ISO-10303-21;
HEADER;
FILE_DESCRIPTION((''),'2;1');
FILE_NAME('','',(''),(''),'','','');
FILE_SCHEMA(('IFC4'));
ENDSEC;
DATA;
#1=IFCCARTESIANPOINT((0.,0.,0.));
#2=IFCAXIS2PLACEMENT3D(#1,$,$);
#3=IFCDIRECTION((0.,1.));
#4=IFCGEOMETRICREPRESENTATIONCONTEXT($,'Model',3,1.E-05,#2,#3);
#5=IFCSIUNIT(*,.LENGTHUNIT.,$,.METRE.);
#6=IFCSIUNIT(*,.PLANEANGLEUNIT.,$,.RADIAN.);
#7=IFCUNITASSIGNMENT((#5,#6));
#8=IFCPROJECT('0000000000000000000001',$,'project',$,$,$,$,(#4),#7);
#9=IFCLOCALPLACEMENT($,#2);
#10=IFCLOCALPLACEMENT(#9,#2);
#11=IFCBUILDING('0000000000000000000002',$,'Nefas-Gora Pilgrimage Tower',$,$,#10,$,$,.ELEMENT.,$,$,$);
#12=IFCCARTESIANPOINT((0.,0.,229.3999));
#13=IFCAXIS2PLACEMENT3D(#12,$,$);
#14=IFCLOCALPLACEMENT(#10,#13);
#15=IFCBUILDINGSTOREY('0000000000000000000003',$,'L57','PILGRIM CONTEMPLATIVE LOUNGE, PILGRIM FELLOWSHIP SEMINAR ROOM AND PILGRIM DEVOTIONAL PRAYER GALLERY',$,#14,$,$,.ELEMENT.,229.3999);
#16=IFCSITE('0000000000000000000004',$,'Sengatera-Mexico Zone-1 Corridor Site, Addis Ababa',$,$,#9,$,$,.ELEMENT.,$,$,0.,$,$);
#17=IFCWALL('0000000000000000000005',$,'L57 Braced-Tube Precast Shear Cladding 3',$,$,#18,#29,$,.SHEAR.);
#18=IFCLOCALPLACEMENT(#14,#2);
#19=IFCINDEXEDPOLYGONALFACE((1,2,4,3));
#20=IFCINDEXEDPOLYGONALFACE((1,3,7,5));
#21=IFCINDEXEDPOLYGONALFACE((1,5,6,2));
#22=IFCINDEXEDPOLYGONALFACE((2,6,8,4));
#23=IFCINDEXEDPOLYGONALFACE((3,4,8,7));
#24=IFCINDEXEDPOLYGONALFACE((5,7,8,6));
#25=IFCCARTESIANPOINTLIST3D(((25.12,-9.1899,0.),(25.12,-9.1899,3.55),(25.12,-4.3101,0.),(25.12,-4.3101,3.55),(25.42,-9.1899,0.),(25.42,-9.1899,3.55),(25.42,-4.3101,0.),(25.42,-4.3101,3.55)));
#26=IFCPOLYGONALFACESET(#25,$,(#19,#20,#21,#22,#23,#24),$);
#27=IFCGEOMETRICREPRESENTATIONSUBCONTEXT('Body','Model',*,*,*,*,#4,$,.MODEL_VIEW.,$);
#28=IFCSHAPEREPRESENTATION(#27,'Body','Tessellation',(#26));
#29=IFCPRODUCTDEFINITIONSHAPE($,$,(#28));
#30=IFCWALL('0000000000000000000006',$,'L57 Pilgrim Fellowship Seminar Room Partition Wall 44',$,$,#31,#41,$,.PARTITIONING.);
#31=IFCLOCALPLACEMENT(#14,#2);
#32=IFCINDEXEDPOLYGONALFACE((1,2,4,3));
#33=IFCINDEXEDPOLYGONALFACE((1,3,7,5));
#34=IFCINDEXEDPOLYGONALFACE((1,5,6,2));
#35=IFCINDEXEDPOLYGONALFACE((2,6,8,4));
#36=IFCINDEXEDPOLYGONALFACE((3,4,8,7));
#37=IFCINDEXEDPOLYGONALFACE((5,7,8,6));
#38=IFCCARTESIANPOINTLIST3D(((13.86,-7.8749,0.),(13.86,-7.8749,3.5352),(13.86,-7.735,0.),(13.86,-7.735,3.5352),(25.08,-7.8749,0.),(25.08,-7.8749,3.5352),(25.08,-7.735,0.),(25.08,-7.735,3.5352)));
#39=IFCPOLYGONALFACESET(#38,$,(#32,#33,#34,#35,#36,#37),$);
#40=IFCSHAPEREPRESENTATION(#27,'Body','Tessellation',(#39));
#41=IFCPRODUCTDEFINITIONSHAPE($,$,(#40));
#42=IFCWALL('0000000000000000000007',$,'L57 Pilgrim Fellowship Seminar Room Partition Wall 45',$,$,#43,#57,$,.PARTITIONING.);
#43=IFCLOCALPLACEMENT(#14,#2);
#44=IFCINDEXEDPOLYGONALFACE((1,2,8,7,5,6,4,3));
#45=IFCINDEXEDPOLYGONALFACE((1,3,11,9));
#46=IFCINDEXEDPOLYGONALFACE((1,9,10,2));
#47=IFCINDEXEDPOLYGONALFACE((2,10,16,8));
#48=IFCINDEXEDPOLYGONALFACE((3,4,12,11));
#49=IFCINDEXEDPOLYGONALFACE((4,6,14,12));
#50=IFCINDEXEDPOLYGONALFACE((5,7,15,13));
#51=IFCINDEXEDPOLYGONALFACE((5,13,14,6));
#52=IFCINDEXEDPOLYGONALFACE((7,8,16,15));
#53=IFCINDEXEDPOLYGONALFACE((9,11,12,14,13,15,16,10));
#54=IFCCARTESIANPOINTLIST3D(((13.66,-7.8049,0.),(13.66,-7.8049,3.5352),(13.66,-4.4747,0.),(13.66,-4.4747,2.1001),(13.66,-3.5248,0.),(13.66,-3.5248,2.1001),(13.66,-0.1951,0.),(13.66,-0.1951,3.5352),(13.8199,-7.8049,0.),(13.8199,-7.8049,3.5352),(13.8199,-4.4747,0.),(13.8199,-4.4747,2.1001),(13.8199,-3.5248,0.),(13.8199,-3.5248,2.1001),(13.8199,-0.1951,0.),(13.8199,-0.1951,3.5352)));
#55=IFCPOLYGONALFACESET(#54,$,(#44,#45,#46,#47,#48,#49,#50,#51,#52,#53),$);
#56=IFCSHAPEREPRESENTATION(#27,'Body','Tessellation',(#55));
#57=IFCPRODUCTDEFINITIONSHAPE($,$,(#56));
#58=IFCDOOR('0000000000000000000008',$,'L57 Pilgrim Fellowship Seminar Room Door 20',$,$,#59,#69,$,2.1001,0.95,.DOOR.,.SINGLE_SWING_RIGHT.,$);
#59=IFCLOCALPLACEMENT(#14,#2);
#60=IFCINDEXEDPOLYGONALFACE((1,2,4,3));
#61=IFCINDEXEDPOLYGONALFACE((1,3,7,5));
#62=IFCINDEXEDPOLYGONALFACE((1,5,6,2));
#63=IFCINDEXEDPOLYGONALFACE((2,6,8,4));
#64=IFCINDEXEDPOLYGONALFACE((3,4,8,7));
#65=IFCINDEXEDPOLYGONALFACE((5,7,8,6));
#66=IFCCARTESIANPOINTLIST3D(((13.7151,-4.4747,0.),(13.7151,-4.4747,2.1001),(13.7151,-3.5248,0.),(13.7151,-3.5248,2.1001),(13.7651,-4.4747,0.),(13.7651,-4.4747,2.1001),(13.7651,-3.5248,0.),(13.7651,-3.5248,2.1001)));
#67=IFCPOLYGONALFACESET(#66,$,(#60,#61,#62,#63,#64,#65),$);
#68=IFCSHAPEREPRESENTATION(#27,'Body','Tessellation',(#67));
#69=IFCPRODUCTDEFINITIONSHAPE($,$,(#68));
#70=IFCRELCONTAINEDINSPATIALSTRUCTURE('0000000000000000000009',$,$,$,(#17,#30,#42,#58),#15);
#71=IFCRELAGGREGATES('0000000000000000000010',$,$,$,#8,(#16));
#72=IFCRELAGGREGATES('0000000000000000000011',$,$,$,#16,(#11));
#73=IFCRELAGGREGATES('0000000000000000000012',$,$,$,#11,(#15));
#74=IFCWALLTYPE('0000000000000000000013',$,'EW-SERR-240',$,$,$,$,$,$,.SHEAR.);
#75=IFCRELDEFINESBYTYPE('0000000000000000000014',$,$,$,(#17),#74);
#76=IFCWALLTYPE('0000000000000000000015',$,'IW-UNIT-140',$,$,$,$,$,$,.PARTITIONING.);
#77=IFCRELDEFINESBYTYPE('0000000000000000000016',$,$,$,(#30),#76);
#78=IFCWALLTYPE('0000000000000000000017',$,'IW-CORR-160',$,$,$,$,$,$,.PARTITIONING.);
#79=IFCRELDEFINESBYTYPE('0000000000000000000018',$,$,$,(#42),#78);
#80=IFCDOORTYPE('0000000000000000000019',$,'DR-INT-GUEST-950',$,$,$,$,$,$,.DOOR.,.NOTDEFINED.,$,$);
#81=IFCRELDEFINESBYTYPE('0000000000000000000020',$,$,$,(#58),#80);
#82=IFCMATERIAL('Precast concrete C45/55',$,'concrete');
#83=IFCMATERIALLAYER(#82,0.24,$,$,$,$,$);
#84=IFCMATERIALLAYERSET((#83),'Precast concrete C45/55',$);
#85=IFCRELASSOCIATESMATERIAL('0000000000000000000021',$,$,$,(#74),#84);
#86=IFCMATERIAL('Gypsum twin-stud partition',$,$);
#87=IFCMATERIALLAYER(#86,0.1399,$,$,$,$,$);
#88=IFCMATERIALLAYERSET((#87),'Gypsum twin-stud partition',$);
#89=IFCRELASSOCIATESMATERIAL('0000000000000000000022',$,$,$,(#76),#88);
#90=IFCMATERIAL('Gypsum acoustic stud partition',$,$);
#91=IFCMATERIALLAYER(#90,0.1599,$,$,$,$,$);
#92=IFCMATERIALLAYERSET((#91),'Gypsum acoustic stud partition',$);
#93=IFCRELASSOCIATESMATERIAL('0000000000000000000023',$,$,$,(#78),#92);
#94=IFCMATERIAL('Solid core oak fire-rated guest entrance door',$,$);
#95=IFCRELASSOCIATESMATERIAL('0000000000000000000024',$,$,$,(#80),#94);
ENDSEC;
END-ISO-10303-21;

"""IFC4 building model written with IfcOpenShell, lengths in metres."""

from ifc_helpers import new_model, si_unit, direction, frame, frame_2d, origin, place, context, subcontext, project, spatial, rectangle, extrude, source, transform, mapped, material, layer, layer_set, type_object, element, fill, save


model = new_model("IFC4")

# Units and contexts
model_context = context("Model", 3, precision=1e-05, world=origin(), true_north=direction((0.0, 1.0)))
body_context = subcontext(model_context, "Body", "Model", "MODEL_VIEW")
ifc_project = project(units=[si_unit("LENGTHUNIT", "METRE"), si_unit("PLANEANGLEUNIT", "RADIAN")], contexts=[model_context])

# Site, building, storey
site_placement = place(None, origin())
site = spatial("IfcSite", under=ifc_project, at=site_placement, Name="Sengatera-Mexico Zone-1 Corridor Site, Addis Ababa", CompositionType="ELEMENT", RefElevation=0.0)
building_placement = place(site_placement, origin())
building = spatial("IfcBuilding", under=site, at=building_placement, Name="Nefas-Gora Pilgrimage Tower", CompositionType="ELEMENT")
storey_placement = place(building_placement, frame((0.0, 0.0, 229.3999)))
storey = spatial("IfcBuildingStorey", under=building, at=storey_placement, Name="L57", Description="PILGRIM CONTEMPLATIVE LOUNGE, PILGRIM FELLOWSHIP SEMINAR ROOM AND PILGRIM DEVOTIONAL PRAYER GALLERY", CompositionType="ELEMENT", Elevation=229.3999)

# Walls
ifc_material_1 = material(Name="Precast concrete C45/55", Category="concrete")
ifc_layer_1 = layer(ifc_material_1, 0.24)
ifc_layer_set_1 = layer_set([ifc_layer_1], Name="Precast concrete C45/55")
wall_type_1 = type_object("IfcWallType", Name="EW-SERR-240", PredefinedType="SHEAR", material=ifc_layer_set_1)
shared_shape_1 = source(origin(), body_context, "Body", "SweptSolid", [
    extrude(rectangle(XDim=4.8799, YDim=0.3, at=frame_2d((2.4399, 0.0))), origin(), (0.0, 0.0, 1.0), 3.55),
])
wall_1_placement = place(storey_placement, frame((25.27, -9.1899, 0.0), z_axis=(0.0, 0.0, 1.0), x_axis=(0.0, 1.0, 0.0)))
element("IfcWall", 1, at=wall_1_placement, inside=storey, type_object=wall_type_1, Name="L57 Braced-Tube Precast Shear Cladding 3", PredefinedType="SHEAR", context=body_context, shape_type="MappedRepresentation", body=[
    mapped(shared_shape_1, transform((0.0, 0.0, 0.0), x_axis=(1.0, 0.0, 0.0), y_axis=(0.0, 1.0, 0.0), z_axis=(0.0, 0.0, 1.0), scale=1.0)),
])
ifc_material_2 = material(Name="Gypsum twin-stud partition")
ifc_layer_2 = layer(ifc_material_2, 0.1399)
ifc_layer_set_2 = layer_set([ifc_layer_2], Name="Gypsum twin-stud partition")
wall_type_2 = type_object("IfcWallType", Name="IW-UNIT-140", PredefinedType="PARTITIONING", material=ifc_layer_set_2)
shared_shape_2 = source(origin(), body_context, "Body", "SweptSolid", [
    extrude(rectangle(XDim=11.22, YDim=0.1399, at=frame_2d((5.6099, 0.0))), origin(), (0.0, 0.0, 1.0), 3.5352),
])
wall_2_placement = place(storey_placement, frame((13.8601, -7.8049, 0.0), z_axis=(0.0, 0.0, 1.0), x_axis=(1.0, 0.0, 0.0)))
element("IfcWall", 2, at=wall_2_placement, inside=storey, type_object=wall_type_2, Name="L57 Pilgrim Fellowship Seminar Room Partition Wall 44", PredefinedType="PARTITIONING", context=body_context, shape_type="MappedRepresentation", body=[
    mapped(shared_shape_2, transform((0.0, 0.0, 0.0), x_axis=(1.0, 0.0, 0.0), y_axis=(0.0, 1.0, 0.0), z_axis=(0.0, 0.0, 1.0), scale=1.0)),
])

# Wall, opening, door
ifc_material_3 = material(Name="Gypsum acoustic stud partition")
ifc_layer_3 = layer(ifc_material_3, 0.1599)
ifc_layer_set_3 = layer_set([ifc_layer_3], Name="Gypsum acoustic stud partition")
wall_type_3 = type_object("IfcWallType", Name="IW-CORR-160", PredefinedType="PARTITIONING", material=ifc_layer_set_3)
shared_shape_3 = source(origin(), body_context, "Body", "SweptSolid", [
    extrude(rectangle(XDim=7.6099, YDim=0.1599, at=frame_2d((3.8049, 0.0))), origin(), (0.0, 0.0, 1.0), 3.5352),
])
wall_3_placement = place(storey_placement, frame((13.74, -7.8049, 0.0), z_axis=(0.0, 0.0, 1.0), x_axis=(0.0, 1.0, 0.0)))
wall_3 = element("IfcWall", 3, at=wall_3_placement, inside=storey, type_object=wall_type_3, Name="L57 Pilgrim Fellowship Seminar Room Partition Wall 45", PredefinedType="PARTITIONING", context=body_context, shape_type="MappedRepresentation", body=[
    mapped(shared_shape_3, transform((0.0, 0.0, 0.0), x_axis=(1.0, 0.0, 0.0), y_axis=(0.0, 1.0, 0.0), z_axis=(0.0, 0.0, 1.0), scale=1.0)),
])
opening_placement = place(wall_3_placement, frame((3.3301, 0.0, 0.0)))
opening = element("IfcOpeningElement", 4, at=opening_placement, cuts=wall_3, PredefinedType="OPENING", context=body_context, shape_type="SweptSolid", body=[
    extrude(rectangle(XDim=0.95, YDim=2.1001, at=frame_2d((0.4751, 1.05))), frame((0.0, 0.0898, 0.0), z_axis=(0.0, -1.0, 0.0), x_axis=(1.0, 0.0, 0.0)), (0.0, 0.0, 1.0), 0.1799),
])
ifc_material_4 = material(Name="Solid core oak fire-rated guest entrance door")
door_type = type_object("IfcDoorType", Name="DR-INT-GUEST-950", OperationType="NOTDEFINED", PredefinedType="DOOR", material=ifc_material_4)
shared_shape_4 = source(origin(), body_context, "Body", "SweptSolid", [
    extrude(rectangle(XDim=0.95, YDim=2.1001, at=frame_2d((0.4751, 1.05))), frame((0.0, 0.0249, 0.0), z_axis=(0.0, -1.0, 0.0), x_axis=(1.0, 0.0, 0.0)), (0.0, 0.0, 1.0), 0.05),
])
door_placement = place(opening_placement, origin())
door = element("IfcDoor", 5, at=door_placement, inside=storey, type_object=door_type, Name="L57 Pilgrim Fellowship Seminar Room Door 20", OperationType="SINGLE_SWING_RIGHT", OverallHeight=2.1001, OverallWidth=0.95, PredefinedType="DOOR", context=body_context, shape_type="MappedRepresentation", body=[
    mapped(shared_shape_4, transform((0.0, 0.0, 0.0), x_axis=(1.0, 0.0, 0.0), y_axis=(0.0, 1.0, 0.0), z_axis=(0.0, 0.0, 1.0), scale=1.0)),
])
fill(opening, door)

save(model, "model.ifc")
